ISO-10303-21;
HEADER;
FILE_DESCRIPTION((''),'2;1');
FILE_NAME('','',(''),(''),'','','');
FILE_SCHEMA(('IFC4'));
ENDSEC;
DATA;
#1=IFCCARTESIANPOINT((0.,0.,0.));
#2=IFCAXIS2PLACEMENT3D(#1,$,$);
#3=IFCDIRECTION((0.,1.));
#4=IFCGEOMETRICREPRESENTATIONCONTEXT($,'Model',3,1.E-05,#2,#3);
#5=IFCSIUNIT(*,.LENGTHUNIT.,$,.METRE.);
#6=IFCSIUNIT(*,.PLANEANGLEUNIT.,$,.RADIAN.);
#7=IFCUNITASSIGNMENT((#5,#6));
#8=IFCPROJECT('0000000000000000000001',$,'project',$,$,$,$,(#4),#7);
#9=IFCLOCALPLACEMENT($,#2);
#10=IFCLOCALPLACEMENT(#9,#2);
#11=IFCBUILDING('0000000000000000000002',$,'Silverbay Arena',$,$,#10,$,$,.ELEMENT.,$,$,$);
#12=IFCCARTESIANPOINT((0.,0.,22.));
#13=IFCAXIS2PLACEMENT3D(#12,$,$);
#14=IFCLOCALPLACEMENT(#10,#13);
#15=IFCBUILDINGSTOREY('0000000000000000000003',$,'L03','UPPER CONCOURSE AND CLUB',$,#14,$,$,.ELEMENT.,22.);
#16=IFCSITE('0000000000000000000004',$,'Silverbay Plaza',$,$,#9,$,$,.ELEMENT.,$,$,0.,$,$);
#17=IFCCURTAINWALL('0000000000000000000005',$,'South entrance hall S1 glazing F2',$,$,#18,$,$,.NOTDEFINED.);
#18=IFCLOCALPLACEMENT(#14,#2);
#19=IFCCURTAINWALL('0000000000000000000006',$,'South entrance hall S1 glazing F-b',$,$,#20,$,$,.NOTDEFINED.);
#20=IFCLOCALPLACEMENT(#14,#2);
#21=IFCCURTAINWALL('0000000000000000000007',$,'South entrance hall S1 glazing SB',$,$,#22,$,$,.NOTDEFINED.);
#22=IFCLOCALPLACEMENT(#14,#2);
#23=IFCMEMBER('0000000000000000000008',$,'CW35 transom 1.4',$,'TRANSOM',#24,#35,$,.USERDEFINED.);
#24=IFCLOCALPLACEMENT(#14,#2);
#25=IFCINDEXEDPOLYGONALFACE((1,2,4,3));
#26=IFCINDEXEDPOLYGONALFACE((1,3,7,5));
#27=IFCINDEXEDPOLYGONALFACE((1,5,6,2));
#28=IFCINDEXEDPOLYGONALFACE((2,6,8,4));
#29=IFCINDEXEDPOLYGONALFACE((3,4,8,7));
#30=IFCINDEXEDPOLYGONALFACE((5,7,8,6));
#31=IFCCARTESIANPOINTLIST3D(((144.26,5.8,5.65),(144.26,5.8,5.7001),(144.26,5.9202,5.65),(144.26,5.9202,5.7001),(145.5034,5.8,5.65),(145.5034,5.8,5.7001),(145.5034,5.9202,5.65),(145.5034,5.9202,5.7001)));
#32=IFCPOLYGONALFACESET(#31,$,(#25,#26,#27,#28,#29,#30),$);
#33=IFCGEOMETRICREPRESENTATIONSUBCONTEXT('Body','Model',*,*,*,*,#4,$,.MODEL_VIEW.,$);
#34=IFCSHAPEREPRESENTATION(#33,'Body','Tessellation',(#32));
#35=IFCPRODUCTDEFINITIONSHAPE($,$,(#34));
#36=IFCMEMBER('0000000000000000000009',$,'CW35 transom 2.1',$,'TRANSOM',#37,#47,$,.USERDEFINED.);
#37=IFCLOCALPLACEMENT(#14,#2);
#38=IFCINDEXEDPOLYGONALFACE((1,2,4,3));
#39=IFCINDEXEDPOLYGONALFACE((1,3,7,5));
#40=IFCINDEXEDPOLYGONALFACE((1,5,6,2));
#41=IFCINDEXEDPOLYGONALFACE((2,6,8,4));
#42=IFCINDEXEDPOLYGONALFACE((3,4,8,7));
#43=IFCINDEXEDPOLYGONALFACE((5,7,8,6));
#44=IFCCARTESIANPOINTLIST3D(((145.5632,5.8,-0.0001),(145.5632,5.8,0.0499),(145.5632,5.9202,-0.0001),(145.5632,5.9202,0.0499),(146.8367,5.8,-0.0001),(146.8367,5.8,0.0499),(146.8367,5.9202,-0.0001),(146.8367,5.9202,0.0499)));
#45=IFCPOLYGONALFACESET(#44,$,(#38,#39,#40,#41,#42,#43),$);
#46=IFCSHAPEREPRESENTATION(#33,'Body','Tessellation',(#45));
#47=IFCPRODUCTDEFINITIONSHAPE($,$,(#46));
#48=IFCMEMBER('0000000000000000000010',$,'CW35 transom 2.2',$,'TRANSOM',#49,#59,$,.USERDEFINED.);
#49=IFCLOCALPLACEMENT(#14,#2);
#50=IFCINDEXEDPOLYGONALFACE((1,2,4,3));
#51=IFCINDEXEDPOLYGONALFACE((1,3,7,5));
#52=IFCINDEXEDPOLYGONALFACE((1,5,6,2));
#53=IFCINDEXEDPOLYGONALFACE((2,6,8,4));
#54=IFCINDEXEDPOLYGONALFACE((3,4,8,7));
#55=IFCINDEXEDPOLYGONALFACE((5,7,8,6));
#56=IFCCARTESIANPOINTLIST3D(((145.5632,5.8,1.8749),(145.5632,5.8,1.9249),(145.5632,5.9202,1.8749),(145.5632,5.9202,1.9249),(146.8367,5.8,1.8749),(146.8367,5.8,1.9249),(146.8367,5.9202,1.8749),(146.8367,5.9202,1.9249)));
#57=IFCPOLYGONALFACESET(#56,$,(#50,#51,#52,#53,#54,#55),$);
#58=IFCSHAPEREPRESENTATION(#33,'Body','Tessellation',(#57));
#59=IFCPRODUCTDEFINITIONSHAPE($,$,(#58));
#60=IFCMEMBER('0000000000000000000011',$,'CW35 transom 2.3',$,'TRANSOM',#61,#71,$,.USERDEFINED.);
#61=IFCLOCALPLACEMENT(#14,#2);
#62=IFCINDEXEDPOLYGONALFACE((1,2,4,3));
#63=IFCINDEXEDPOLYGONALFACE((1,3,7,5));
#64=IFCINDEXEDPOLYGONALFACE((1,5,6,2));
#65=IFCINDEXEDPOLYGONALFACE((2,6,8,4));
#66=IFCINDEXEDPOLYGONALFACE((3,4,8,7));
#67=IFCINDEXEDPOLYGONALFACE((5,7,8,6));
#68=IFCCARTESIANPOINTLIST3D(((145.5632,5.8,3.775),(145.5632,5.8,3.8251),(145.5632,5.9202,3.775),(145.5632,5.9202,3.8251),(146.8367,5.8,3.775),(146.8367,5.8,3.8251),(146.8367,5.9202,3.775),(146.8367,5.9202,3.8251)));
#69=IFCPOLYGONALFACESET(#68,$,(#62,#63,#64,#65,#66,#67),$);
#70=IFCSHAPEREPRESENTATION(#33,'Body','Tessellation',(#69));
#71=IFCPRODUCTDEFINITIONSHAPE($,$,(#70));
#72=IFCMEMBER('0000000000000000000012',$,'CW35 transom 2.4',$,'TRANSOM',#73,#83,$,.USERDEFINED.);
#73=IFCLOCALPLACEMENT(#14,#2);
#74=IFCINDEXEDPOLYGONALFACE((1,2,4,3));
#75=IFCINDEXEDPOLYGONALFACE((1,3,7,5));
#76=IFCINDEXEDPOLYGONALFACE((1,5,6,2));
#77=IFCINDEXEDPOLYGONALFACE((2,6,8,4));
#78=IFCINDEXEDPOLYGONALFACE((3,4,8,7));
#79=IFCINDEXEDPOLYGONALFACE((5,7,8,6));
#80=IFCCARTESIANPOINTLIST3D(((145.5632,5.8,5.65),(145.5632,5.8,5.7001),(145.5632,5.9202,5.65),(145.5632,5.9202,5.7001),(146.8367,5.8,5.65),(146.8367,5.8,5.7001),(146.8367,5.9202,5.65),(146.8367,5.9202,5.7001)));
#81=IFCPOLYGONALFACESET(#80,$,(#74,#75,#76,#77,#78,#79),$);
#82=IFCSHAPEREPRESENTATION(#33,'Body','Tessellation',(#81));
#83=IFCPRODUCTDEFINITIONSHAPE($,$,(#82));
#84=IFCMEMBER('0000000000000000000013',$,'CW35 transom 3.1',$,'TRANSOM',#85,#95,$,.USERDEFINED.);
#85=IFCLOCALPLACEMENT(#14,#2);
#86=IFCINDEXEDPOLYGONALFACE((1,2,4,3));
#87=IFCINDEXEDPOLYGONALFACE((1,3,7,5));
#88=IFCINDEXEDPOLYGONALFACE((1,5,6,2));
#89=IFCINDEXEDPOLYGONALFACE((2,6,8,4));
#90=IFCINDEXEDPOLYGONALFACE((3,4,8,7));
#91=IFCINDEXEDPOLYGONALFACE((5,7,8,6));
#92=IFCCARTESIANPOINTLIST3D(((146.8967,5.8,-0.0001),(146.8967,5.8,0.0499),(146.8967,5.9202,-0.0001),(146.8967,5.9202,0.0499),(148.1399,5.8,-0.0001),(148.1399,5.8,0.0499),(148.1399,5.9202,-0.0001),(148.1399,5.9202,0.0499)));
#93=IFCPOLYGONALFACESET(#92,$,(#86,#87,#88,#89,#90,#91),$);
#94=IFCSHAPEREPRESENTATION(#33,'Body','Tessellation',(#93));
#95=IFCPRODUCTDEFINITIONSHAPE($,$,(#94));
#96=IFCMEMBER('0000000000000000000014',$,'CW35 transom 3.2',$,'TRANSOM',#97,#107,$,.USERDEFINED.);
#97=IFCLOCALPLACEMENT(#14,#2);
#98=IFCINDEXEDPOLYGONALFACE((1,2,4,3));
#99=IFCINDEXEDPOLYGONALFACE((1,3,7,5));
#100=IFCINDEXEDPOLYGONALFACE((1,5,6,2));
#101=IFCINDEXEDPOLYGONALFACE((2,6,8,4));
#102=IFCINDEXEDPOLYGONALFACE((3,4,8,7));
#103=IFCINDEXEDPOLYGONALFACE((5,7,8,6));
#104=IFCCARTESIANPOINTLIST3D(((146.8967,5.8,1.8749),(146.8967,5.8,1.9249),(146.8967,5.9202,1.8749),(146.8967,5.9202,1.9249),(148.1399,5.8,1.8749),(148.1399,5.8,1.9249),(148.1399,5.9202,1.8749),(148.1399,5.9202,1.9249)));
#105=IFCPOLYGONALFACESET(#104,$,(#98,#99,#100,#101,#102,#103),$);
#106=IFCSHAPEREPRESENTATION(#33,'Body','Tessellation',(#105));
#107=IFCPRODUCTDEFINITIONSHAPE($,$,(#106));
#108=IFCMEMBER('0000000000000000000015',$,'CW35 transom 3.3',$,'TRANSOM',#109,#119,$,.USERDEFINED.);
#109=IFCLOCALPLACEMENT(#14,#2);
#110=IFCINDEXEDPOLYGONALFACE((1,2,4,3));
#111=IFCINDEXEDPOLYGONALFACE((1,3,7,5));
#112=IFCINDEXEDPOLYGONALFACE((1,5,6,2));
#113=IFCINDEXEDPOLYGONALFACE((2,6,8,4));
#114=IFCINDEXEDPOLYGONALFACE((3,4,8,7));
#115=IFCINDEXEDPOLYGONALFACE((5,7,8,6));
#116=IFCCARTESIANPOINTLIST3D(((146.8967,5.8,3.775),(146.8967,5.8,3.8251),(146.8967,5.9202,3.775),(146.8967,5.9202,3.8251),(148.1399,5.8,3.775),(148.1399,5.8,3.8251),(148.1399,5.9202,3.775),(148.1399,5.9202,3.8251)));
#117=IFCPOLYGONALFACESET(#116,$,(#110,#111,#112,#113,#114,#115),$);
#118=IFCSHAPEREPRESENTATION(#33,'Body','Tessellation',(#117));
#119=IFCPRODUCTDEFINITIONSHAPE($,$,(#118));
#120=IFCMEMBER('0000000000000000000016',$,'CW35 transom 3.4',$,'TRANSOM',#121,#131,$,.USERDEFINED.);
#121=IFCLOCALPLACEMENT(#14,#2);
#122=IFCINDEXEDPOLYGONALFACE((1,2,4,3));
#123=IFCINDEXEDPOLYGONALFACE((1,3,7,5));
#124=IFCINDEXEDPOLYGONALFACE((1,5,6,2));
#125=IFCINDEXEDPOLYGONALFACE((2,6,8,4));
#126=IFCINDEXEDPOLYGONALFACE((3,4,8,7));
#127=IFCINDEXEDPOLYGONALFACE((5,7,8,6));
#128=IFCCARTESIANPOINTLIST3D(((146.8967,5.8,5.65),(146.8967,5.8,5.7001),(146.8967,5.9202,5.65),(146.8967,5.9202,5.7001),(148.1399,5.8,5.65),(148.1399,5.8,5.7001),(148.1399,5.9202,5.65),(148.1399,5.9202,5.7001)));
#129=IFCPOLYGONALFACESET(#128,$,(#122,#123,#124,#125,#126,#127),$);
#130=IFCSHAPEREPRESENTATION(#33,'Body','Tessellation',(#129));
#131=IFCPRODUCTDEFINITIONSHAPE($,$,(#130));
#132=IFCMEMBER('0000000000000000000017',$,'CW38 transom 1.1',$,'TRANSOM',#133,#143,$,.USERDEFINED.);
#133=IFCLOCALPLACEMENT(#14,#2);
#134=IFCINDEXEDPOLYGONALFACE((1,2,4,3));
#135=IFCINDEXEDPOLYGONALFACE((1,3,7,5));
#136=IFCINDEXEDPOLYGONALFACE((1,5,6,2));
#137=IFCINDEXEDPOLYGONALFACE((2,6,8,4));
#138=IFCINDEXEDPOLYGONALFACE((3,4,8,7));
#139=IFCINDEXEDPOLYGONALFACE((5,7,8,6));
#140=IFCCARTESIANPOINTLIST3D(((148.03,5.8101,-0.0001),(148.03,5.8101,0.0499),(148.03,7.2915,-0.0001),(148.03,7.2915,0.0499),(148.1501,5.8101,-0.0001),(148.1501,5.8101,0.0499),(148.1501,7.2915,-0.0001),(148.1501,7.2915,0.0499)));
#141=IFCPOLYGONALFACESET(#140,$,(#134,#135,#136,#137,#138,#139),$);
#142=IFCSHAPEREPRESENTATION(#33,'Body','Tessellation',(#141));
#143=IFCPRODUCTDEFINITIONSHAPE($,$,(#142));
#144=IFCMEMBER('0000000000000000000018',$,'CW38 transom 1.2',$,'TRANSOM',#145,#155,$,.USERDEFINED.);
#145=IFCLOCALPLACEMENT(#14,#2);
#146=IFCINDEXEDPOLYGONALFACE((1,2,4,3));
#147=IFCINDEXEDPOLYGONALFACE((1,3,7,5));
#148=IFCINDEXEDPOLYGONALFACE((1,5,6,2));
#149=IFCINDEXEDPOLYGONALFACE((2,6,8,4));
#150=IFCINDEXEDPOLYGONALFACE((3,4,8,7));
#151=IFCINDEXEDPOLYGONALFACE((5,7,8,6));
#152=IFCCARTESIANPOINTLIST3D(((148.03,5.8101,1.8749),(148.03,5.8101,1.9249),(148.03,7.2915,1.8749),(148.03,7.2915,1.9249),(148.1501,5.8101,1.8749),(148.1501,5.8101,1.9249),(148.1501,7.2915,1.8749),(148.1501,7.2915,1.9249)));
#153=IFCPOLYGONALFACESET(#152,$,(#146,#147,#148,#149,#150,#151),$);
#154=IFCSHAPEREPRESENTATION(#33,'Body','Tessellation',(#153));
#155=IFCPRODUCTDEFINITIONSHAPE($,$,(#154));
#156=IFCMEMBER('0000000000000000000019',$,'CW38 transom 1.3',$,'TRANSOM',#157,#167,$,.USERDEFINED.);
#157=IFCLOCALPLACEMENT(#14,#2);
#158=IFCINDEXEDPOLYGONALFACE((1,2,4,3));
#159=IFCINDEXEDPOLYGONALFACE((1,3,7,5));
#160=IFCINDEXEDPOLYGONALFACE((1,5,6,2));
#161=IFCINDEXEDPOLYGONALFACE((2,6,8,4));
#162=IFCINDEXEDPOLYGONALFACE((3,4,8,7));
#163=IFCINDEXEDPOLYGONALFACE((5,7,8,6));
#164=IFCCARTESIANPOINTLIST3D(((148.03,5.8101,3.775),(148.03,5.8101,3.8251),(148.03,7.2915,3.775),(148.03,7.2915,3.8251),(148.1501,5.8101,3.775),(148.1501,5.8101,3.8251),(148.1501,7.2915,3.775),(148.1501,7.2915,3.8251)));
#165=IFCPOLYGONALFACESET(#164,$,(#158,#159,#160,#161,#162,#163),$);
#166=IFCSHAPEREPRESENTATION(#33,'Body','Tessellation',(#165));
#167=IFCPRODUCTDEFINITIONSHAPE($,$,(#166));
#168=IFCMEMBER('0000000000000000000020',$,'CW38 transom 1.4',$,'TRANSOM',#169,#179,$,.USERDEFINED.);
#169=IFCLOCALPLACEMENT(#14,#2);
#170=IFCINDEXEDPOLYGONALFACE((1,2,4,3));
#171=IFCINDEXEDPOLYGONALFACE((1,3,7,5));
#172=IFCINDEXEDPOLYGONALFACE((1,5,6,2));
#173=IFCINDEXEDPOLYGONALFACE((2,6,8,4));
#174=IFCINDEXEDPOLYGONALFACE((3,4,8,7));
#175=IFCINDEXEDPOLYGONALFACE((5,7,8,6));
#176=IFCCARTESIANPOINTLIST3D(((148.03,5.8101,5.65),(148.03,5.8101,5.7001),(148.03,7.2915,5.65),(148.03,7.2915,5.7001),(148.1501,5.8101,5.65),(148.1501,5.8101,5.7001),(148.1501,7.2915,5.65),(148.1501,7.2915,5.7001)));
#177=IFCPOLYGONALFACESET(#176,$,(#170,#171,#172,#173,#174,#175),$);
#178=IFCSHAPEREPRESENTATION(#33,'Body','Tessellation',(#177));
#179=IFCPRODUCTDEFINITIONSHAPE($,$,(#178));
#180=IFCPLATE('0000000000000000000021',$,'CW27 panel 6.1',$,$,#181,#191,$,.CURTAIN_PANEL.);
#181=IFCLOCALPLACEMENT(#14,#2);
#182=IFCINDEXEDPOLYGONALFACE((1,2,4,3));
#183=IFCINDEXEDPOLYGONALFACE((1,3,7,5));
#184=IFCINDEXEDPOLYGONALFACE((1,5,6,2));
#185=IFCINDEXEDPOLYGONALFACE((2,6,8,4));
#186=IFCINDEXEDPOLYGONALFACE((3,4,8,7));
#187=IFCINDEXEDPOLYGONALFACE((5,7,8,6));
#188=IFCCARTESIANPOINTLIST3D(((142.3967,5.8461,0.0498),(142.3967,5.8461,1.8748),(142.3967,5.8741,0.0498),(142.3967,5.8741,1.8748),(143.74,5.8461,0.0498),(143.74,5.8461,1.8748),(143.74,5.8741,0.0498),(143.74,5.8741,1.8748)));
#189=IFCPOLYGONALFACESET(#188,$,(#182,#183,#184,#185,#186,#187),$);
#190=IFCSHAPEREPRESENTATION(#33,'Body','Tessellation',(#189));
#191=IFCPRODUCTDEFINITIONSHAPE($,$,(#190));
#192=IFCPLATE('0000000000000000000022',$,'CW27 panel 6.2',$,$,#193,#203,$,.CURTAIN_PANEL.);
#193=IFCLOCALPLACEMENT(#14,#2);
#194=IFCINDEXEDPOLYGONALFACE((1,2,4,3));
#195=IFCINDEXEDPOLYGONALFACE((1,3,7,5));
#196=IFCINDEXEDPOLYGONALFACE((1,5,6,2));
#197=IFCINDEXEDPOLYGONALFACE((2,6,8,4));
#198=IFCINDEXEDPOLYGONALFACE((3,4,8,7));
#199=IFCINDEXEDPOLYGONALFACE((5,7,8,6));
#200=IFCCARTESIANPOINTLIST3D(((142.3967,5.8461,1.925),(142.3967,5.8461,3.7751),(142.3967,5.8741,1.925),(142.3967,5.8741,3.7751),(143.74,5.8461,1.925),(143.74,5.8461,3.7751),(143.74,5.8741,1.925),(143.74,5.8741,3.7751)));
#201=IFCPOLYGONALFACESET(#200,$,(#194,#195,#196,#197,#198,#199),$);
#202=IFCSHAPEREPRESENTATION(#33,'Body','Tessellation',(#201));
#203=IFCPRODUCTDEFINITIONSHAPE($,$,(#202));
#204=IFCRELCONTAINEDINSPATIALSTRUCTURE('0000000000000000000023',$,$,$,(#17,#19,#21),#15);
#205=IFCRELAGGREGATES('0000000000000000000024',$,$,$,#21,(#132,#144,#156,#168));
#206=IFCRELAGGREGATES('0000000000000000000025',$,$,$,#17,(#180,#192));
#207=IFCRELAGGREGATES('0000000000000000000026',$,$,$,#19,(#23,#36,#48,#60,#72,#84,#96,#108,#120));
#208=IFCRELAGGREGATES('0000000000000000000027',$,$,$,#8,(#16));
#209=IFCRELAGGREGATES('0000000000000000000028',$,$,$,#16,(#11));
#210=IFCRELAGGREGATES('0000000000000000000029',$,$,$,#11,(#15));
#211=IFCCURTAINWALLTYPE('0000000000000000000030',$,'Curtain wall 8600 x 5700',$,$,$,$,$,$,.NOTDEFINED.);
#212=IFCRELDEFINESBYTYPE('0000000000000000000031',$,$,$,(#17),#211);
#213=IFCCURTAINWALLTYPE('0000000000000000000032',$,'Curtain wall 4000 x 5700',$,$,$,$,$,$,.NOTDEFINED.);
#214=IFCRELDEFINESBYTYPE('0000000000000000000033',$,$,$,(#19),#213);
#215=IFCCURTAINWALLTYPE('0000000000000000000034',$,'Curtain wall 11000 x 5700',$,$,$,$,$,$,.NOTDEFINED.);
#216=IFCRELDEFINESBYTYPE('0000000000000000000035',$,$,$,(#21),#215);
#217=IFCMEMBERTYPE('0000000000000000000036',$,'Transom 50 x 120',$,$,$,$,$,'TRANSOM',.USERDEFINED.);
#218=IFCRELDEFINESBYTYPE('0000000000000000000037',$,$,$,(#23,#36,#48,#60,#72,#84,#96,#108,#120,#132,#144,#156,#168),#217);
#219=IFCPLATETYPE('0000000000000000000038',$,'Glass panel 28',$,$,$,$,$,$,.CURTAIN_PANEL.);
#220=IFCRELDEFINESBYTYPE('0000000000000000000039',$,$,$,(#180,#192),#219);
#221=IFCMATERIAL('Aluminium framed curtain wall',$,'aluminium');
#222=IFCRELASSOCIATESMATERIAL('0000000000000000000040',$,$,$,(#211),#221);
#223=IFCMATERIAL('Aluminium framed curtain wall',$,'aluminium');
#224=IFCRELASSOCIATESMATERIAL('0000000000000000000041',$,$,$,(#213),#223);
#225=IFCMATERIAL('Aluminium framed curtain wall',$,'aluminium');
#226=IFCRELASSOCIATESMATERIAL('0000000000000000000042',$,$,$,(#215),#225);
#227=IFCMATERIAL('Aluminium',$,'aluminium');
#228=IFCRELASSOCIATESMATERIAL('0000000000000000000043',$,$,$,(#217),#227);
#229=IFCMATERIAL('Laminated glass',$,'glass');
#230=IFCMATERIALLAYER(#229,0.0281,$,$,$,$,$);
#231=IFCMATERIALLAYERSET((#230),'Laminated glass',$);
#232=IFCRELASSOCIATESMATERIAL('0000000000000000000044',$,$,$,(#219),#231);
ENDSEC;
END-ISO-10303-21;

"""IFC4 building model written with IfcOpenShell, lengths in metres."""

from ifc_helpers import new_model, si_unit, direction, frame, origin, origin_2d, place, context, subcontext, project, spatial, rectangle, extrude, material, layer, layer_set, material_profile, profile_set, type_object, element, aggregate, save


model = new_model("IFC4")

# Units and contexts
model_context = context("Model", 3, precision=1e-05, world=origin(), true_north=direction((0.0, 1.0)))
body_context = subcontext(model_context, "Body", "Model", "MODEL_VIEW")
ifc_project = project(units=[si_unit("LENGTHUNIT", "METRE"), si_unit("PLANEANGLEUNIT", "RADIAN")], contexts=[model_context])

# Site, building, storey
site_placement = place(None, origin())
site = spatial("IfcSite", under=ifc_project, at=site_placement, Name="Silverbay Plaza", CompositionType="ELEMENT", RefElevation=0.0)
building_placement = place(site_placement, origin())
building = spatial("IfcBuilding", under=site, at=building_placement, Name="Silverbay Arena", CompositionType="ELEMENT")
storey_placement = place(building_placement, frame((0.0, 0.0, 22.0)))
storey = spatial("IfcBuildingStorey", under=building, at=storey_placement, Name="L03", Description="UPPER CONCOURSE AND CLUB", CompositionType="ELEMENT", Elevation=22.0)

# Curtain walls
ifc_material_1 = material(Name="Aluminium framed curtain wall", Category="aluminium")
curtain_wall_type_1 = type_object("IfcCurtainWallType", Name="Curtain wall 8600 x 5700", PredefinedType="NOTDEFINED", material=ifc_material_1)
curtain_wall_1_placement = place(storey_placement, origin())
curtain_wall_1 = element("IfcCurtainWall", 1, at=curtain_wall_1_placement, inside=storey, type_object=curtain_wall_type_1, Name="South entrance hall S1 glazing F2", PredefinedType="NOTDEFINED")
ifc_material_2 = material(Name="Aluminium framed curtain wall", Category="aluminium")
curtain_wall_type_2 = type_object("IfcCurtainWallType", Name="Curtain wall 4000 x 5700", PredefinedType="NOTDEFINED", material=ifc_material_2)
curtain_wall_2_placement = place(storey_placement, origin())
curtain_wall_2 = element("IfcCurtainWall", 2, at=curtain_wall_2_placement, inside=storey, type_object=curtain_wall_type_2, Name="South entrance hall S1 glazing F-b", PredefinedType="NOTDEFINED")

# Curtain wall
ifc_material_3 = material(Name="Aluminium framed curtain wall", Category="aluminium")
curtain_wall_type_3 = type_object("IfcCurtainWallType", Name="Curtain wall 11000 x 5700", PredefinedType="NOTDEFINED", material=ifc_material_3)
curtain_wall_3_placement = place(storey_placement, origin())
curtain_wall_3 = element("IfcCurtainWall", 3, at=curtain_wall_3_placement, inside=storey, type_object=curtain_wall_type_3, Name="South entrance hall S1 glazing SB", PredefinedType="NOTDEFINED")

# Members
ifc_material_4 = material(Name="Aluminium", Category="aluminium")
ifc_material_profile_1 = material_profile(ifc_material_4, rectangle(XDim=0.1201, YDim=0.05, at=origin_2d()), Name="Transom 50 x 120")
ifc_profile_set_1 = profile_set([ifc_material_profile_1], Name="Aluminium")
member_type_1 = type_object("IfcMemberType", Name="Transom 50 x 120", ElementType="TRANSOM", PredefinedType="USERDEFINED", material=ifc_profile_set_1)
member_1_placement = place(storey_placement, frame((144.26, 5.8601, 5.675), z_axis=(1.0, 0.0, 0.0), x_axis=(0.0, 1.0, 0.0)))
member_1 = element("IfcMember", 4, at=member_1_placement, type_object=member_type_1, Name="CW35 transom 1.4", ObjectType="TRANSOM", PredefinedType="USERDEFINED", context=body_context, shape_type="SweptSolid", body=[
    extrude(rectangle(XDim=0.1201, YDim=0.05, at=origin_2d()), origin(), (0.0, 0.0, 1.0), 1.2434),
])
member_2_placement = place(storey_placement, frame((145.5632, 5.8601, 0.0249), z_axis=(1.0, 0.0, 0.0), x_axis=(0.0, 1.0, 0.0)))
member_2 = element("IfcMember", 5, at=member_2_placement, type_object=member_type_1, Name="CW35 transom 2.1", ObjectType="TRANSOM", PredefinedType="USERDEFINED", context=body_context, shape_type="SweptSolid", body=[
    extrude(rectangle(XDim=0.1201, YDim=0.05, at=origin_2d()), origin(), (0.0, 0.0, 1.0), 1.2734),
])
member_3_placement = place(storey_placement, frame((145.5632, 5.8601, 1.8999), z_axis=(1.0, 0.0, 0.0), x_axis=(0.0, 1.0, 0.0)))
member_3 = element("IfcMember", 6, at=member_3_placement, type_object=member_type_1, Name="CW35 transom 2.2", ObjectType="TRANSOM", PredefinedType="USERDEFINED", context=body_context, shape_type="SweptSolid", body=[
    extrude(rectangle(XDim=0.1201, YDim=0.05, at=origin_2d()), origin(), (0.0, 0.0, 1.0), 1.2734),
])
member_4_placement = place(storey_placement, frame((145.5632, 5.8601, 3.8), z_axis=(1.0, 0.0, 0.0), x_axis=(0.0, 1.0, 0.0)))
member_4 = element("IfcMember", 7, at=member_4_placement, type_object=member_type_1, Name="CW35 transom 2.3", ObjectType="TRANSOM", PredefinedType="USERDEFINED", context=body_context, shape_type="SweptSolid", body=[
    extrude(rectangle(XDim=0.1201, YDim=0.05, at=origin_2d()), origin(), (0.0, 0.0, 1.0), 1.2734),
])
member_5_placement = place(storey_placement, frame((145.5632, 5.8601, 5.675), z_axis=(1.0, 0.0, 0.0), x_axis=(0.0, 1.0, 0.0)))
member_5 = element("IfcMember", 8, at=member_5_placement, type_object=member_type_1, Name="CW35 transom 2.4", ObjectType="TRANSOM", PredefinedType="USERDEFINED", context=body_context, shape_type="SweptSolid", body=[
    extrude(rectangle(XDim=0.1201, YDim=0.05, at=origin_2d()), origin(), (0.0, 0.0, 1.0), 1.2734),
])
member_6_placement = place(storey_placement, frame((146.8967, 5.8601, 0.0249), z_axis=(1.0, 0.0, 0.0), x_axis=(0.0, 1.0, 0.0)))
member_6 = element("IfcMember", 9, at=member_6_placement, type_object=member_type_1, Name="CW35 transom 3.1", ObjectType="TRANSOM", PredefinedType="USERDEFINED", context=body_context, shape_type="SweptSolid", body=[
    extrude(rectangle(XDim=0.1201, YDim=0.05, at=origin_2d()), origin(), (0.0, 0.0, 1.0), 1.2432),
])
member_7_placement = place(storey_placement, frame((146.8967, 5.8601, 1.8999), z_axis=(1.0, 0.0, 0.0), x_axis=(0.0, 1.0, 0.0)))
member_7 = element("IfcMember", 10, at=member_7_placement, type_object=member_type_1, Name="CW35 transom 3.2", ObjectType="TRANSOM", PredefinedType="USERDEFINED", context=body_context, shape_type="SweptSolid", body=[
    extrude(rectangle(XDim=0.1201, YDim=0.05, at=origin_2d()), origin(), (0.0, 0.0, 1.0), 1.2432),
])
member_8_placement = place(storey_placement, frame((146.8967, 5.8601, 3.8), z_axis=(1.0, 0.0, 0.0), x_axis=(0.0, 1.0, 0.0)))
member_8 = element("IfcMember", 11, at=member_8_placement, type_object=member_type_1, Name="CW35 transom 3.3", ObjectType="TRANSOM", PredefinedType="USERDEFINED", context=body_context, shape_type="SweptSolid", body=[
    extrude(rectangle(XDim=0.1201, YDim=0.05, at=origin_2d()), origin(), (0.0, 0.0, 1.0), 1.2432),
])
member_9_placement = place(storey_placement, frame((146.8967, 5.8601, 5.675), z_axis=(1.0, 0.0, 0.0), x_axis=(0.0, 1.0, 0.0)))
member_9 = element("IfcMember", 12, at=member_9_placement, type_object=member_type_1, Name="CW35 transom 3.4", ObjectType="TRANSOM", PredefinedType="USERDEFINED", context=body_context, shape_type="SweptSolid", body=[
    extrude(rectangle(XDim=0.1201, YDim=0.05, at=origin_2d()), origin(), (0.0, 0.0, 1.0), 1.2432),
])
member_10_placement = place(storey_placement, frame((148.0901, 5.8101, 0.0249), z_axis=(0.0, 1.0, 0.0), x_axis=(-1.0, 0.0, 0.0)))
member_10 = element("IfcMember", 13, at=member_10_placement, type_object=member_type_1, Name="CW38 transom 1.1", ObjectType="TRANSOM", PredefinedType="USERDEFINED", context=body_context, shape_type="SweptSolid", body=[
    extrude(rectangle(XDim=0.1201, YDim=0.05, at=origin_2d()), origin(), (0.0, 0.0, 1.0), 1.4814),
])
member_11_placement = place(storey_placement, frame((148.0901, 5.8101, 1.8999), z_axis=(0.0, 1.0, 0.0), x_axis=(-1.0, 0.0, 0.0)))
member_11 = element("IfcMember", 14, at=member_11_placement, type_object=member_type_1, Name="CW38 transom 1.2", ObjectType="TRANSOM", PredefinedType="USERDEFINED", context=body_context, shape_type="SweptSolid", body=[
    extrude(rectangle(XDim=0.1201, YDim=0.05, at=origin_2d()), origin(), (0.0, 0.0, 1.0), 1.4814),
])
member_12_placement = place(storey_placement, frame((148.0901, 5.8101, 3.8), z_axis=(0.0, 1.0, 0.0), x_axis=(-1.0, 0.0, 0.0)))
member_12 = element("IfcMember", 15, at=member_12_placement, type_object=member_type_1, Name="CW38 transom 1.3", ObjectType="TRANSOM", PredefinedType="USERDEFINED", context=body_context, shape_type="SweptSolid", body=[
    extrude(rectangle(XDim=0.1201, YDim=0.05, at=origin_2d()), origin(), (0.0, 0.0, 1.0), 1.4814),
])
member_13_placement = place(storey_placement, frame((148.0901, 5.8101, 5.675), z_axis=(0.0, 1.0, 0.0), x_axis=(-1.0, 0.0, 0.0)))
member_13 = element("IfcMember", 16, at=member_13_placement, type_object=member_type_1, Name="CW38 transom 1.4", ObjectType="TRANSOM", PredefinedType="USERDEFINED", context=body_context, shape_type="SweptSolid", body=[
    extrude(rectangle(XDim=0.1201, YDim=0.05, at=origin_2d()), origin(), (0.0, 0.0, 1.0), 1.4814),
])
aggregate(curtain_wall_3, [member_10, member_11, member_12, member_13])

# Plates
ifc_material_5 = material(Name="Laminated glass", Category="glass")
ifc_layer = layer(ifc_material_5, 0.0281)
ifc_layer_set = layer_set([ifc_layer], Name="Laminated glass")
plate_type = type_object("IfcPlateType", Name="Glass panel 28", PredefinedType="CURTAIN_PANEL", material=ifc_layer_set)
plate_1_placement = place(storey_placement, frame((143.0684, 5.8601, 0.0498), z_axis=(0.0, 0.0, 1.0), x_axis=(1.0, 0.0, 0.0)))
plate_1 = element("IfcPlate", 17, at=plate_1_placement, type_object=plate_type, Name="CW27 panel 6.1", PredefinedType="CURTAIN_PANEL", context=body_context, shape_type="SweptSolid", body=[
    extrude(rectangle(XDim=1.3433, YDim=0.0281, at=origin_2d()), origin(), (0.0, 0.0, 1.0), 1.825),
])
plate_2_placement = place(storey_placement, frame((143.0684, 5.8601, 1.925), z_axis=(0.0, 0.0, 1.0), x_axis=(1.0, 0.0, 0.0)))
plate_2 = element("IfcPlate", 18, at=plate_2_placement, type_object=plate_type, Name="CW27 panel 6.2", PredefinedType="CURTAIN_PANEL", context=body_context, shape_type="SweptSolid", body=[
    extrude(rectangle(XDim=1.3433, YDim=0.0281, at=origin_2d()), origin(), (0.0, 0.0, 1.0), 1.8501),
])
aggregate(curtain_wall_1, [plate_1, plate_2])
aggregate(curtain_wall_2, [member_1, member_2, member_3, member_4, member_5, member_6, member_7, member_8, member_9])

save(model, "model.ifc")
